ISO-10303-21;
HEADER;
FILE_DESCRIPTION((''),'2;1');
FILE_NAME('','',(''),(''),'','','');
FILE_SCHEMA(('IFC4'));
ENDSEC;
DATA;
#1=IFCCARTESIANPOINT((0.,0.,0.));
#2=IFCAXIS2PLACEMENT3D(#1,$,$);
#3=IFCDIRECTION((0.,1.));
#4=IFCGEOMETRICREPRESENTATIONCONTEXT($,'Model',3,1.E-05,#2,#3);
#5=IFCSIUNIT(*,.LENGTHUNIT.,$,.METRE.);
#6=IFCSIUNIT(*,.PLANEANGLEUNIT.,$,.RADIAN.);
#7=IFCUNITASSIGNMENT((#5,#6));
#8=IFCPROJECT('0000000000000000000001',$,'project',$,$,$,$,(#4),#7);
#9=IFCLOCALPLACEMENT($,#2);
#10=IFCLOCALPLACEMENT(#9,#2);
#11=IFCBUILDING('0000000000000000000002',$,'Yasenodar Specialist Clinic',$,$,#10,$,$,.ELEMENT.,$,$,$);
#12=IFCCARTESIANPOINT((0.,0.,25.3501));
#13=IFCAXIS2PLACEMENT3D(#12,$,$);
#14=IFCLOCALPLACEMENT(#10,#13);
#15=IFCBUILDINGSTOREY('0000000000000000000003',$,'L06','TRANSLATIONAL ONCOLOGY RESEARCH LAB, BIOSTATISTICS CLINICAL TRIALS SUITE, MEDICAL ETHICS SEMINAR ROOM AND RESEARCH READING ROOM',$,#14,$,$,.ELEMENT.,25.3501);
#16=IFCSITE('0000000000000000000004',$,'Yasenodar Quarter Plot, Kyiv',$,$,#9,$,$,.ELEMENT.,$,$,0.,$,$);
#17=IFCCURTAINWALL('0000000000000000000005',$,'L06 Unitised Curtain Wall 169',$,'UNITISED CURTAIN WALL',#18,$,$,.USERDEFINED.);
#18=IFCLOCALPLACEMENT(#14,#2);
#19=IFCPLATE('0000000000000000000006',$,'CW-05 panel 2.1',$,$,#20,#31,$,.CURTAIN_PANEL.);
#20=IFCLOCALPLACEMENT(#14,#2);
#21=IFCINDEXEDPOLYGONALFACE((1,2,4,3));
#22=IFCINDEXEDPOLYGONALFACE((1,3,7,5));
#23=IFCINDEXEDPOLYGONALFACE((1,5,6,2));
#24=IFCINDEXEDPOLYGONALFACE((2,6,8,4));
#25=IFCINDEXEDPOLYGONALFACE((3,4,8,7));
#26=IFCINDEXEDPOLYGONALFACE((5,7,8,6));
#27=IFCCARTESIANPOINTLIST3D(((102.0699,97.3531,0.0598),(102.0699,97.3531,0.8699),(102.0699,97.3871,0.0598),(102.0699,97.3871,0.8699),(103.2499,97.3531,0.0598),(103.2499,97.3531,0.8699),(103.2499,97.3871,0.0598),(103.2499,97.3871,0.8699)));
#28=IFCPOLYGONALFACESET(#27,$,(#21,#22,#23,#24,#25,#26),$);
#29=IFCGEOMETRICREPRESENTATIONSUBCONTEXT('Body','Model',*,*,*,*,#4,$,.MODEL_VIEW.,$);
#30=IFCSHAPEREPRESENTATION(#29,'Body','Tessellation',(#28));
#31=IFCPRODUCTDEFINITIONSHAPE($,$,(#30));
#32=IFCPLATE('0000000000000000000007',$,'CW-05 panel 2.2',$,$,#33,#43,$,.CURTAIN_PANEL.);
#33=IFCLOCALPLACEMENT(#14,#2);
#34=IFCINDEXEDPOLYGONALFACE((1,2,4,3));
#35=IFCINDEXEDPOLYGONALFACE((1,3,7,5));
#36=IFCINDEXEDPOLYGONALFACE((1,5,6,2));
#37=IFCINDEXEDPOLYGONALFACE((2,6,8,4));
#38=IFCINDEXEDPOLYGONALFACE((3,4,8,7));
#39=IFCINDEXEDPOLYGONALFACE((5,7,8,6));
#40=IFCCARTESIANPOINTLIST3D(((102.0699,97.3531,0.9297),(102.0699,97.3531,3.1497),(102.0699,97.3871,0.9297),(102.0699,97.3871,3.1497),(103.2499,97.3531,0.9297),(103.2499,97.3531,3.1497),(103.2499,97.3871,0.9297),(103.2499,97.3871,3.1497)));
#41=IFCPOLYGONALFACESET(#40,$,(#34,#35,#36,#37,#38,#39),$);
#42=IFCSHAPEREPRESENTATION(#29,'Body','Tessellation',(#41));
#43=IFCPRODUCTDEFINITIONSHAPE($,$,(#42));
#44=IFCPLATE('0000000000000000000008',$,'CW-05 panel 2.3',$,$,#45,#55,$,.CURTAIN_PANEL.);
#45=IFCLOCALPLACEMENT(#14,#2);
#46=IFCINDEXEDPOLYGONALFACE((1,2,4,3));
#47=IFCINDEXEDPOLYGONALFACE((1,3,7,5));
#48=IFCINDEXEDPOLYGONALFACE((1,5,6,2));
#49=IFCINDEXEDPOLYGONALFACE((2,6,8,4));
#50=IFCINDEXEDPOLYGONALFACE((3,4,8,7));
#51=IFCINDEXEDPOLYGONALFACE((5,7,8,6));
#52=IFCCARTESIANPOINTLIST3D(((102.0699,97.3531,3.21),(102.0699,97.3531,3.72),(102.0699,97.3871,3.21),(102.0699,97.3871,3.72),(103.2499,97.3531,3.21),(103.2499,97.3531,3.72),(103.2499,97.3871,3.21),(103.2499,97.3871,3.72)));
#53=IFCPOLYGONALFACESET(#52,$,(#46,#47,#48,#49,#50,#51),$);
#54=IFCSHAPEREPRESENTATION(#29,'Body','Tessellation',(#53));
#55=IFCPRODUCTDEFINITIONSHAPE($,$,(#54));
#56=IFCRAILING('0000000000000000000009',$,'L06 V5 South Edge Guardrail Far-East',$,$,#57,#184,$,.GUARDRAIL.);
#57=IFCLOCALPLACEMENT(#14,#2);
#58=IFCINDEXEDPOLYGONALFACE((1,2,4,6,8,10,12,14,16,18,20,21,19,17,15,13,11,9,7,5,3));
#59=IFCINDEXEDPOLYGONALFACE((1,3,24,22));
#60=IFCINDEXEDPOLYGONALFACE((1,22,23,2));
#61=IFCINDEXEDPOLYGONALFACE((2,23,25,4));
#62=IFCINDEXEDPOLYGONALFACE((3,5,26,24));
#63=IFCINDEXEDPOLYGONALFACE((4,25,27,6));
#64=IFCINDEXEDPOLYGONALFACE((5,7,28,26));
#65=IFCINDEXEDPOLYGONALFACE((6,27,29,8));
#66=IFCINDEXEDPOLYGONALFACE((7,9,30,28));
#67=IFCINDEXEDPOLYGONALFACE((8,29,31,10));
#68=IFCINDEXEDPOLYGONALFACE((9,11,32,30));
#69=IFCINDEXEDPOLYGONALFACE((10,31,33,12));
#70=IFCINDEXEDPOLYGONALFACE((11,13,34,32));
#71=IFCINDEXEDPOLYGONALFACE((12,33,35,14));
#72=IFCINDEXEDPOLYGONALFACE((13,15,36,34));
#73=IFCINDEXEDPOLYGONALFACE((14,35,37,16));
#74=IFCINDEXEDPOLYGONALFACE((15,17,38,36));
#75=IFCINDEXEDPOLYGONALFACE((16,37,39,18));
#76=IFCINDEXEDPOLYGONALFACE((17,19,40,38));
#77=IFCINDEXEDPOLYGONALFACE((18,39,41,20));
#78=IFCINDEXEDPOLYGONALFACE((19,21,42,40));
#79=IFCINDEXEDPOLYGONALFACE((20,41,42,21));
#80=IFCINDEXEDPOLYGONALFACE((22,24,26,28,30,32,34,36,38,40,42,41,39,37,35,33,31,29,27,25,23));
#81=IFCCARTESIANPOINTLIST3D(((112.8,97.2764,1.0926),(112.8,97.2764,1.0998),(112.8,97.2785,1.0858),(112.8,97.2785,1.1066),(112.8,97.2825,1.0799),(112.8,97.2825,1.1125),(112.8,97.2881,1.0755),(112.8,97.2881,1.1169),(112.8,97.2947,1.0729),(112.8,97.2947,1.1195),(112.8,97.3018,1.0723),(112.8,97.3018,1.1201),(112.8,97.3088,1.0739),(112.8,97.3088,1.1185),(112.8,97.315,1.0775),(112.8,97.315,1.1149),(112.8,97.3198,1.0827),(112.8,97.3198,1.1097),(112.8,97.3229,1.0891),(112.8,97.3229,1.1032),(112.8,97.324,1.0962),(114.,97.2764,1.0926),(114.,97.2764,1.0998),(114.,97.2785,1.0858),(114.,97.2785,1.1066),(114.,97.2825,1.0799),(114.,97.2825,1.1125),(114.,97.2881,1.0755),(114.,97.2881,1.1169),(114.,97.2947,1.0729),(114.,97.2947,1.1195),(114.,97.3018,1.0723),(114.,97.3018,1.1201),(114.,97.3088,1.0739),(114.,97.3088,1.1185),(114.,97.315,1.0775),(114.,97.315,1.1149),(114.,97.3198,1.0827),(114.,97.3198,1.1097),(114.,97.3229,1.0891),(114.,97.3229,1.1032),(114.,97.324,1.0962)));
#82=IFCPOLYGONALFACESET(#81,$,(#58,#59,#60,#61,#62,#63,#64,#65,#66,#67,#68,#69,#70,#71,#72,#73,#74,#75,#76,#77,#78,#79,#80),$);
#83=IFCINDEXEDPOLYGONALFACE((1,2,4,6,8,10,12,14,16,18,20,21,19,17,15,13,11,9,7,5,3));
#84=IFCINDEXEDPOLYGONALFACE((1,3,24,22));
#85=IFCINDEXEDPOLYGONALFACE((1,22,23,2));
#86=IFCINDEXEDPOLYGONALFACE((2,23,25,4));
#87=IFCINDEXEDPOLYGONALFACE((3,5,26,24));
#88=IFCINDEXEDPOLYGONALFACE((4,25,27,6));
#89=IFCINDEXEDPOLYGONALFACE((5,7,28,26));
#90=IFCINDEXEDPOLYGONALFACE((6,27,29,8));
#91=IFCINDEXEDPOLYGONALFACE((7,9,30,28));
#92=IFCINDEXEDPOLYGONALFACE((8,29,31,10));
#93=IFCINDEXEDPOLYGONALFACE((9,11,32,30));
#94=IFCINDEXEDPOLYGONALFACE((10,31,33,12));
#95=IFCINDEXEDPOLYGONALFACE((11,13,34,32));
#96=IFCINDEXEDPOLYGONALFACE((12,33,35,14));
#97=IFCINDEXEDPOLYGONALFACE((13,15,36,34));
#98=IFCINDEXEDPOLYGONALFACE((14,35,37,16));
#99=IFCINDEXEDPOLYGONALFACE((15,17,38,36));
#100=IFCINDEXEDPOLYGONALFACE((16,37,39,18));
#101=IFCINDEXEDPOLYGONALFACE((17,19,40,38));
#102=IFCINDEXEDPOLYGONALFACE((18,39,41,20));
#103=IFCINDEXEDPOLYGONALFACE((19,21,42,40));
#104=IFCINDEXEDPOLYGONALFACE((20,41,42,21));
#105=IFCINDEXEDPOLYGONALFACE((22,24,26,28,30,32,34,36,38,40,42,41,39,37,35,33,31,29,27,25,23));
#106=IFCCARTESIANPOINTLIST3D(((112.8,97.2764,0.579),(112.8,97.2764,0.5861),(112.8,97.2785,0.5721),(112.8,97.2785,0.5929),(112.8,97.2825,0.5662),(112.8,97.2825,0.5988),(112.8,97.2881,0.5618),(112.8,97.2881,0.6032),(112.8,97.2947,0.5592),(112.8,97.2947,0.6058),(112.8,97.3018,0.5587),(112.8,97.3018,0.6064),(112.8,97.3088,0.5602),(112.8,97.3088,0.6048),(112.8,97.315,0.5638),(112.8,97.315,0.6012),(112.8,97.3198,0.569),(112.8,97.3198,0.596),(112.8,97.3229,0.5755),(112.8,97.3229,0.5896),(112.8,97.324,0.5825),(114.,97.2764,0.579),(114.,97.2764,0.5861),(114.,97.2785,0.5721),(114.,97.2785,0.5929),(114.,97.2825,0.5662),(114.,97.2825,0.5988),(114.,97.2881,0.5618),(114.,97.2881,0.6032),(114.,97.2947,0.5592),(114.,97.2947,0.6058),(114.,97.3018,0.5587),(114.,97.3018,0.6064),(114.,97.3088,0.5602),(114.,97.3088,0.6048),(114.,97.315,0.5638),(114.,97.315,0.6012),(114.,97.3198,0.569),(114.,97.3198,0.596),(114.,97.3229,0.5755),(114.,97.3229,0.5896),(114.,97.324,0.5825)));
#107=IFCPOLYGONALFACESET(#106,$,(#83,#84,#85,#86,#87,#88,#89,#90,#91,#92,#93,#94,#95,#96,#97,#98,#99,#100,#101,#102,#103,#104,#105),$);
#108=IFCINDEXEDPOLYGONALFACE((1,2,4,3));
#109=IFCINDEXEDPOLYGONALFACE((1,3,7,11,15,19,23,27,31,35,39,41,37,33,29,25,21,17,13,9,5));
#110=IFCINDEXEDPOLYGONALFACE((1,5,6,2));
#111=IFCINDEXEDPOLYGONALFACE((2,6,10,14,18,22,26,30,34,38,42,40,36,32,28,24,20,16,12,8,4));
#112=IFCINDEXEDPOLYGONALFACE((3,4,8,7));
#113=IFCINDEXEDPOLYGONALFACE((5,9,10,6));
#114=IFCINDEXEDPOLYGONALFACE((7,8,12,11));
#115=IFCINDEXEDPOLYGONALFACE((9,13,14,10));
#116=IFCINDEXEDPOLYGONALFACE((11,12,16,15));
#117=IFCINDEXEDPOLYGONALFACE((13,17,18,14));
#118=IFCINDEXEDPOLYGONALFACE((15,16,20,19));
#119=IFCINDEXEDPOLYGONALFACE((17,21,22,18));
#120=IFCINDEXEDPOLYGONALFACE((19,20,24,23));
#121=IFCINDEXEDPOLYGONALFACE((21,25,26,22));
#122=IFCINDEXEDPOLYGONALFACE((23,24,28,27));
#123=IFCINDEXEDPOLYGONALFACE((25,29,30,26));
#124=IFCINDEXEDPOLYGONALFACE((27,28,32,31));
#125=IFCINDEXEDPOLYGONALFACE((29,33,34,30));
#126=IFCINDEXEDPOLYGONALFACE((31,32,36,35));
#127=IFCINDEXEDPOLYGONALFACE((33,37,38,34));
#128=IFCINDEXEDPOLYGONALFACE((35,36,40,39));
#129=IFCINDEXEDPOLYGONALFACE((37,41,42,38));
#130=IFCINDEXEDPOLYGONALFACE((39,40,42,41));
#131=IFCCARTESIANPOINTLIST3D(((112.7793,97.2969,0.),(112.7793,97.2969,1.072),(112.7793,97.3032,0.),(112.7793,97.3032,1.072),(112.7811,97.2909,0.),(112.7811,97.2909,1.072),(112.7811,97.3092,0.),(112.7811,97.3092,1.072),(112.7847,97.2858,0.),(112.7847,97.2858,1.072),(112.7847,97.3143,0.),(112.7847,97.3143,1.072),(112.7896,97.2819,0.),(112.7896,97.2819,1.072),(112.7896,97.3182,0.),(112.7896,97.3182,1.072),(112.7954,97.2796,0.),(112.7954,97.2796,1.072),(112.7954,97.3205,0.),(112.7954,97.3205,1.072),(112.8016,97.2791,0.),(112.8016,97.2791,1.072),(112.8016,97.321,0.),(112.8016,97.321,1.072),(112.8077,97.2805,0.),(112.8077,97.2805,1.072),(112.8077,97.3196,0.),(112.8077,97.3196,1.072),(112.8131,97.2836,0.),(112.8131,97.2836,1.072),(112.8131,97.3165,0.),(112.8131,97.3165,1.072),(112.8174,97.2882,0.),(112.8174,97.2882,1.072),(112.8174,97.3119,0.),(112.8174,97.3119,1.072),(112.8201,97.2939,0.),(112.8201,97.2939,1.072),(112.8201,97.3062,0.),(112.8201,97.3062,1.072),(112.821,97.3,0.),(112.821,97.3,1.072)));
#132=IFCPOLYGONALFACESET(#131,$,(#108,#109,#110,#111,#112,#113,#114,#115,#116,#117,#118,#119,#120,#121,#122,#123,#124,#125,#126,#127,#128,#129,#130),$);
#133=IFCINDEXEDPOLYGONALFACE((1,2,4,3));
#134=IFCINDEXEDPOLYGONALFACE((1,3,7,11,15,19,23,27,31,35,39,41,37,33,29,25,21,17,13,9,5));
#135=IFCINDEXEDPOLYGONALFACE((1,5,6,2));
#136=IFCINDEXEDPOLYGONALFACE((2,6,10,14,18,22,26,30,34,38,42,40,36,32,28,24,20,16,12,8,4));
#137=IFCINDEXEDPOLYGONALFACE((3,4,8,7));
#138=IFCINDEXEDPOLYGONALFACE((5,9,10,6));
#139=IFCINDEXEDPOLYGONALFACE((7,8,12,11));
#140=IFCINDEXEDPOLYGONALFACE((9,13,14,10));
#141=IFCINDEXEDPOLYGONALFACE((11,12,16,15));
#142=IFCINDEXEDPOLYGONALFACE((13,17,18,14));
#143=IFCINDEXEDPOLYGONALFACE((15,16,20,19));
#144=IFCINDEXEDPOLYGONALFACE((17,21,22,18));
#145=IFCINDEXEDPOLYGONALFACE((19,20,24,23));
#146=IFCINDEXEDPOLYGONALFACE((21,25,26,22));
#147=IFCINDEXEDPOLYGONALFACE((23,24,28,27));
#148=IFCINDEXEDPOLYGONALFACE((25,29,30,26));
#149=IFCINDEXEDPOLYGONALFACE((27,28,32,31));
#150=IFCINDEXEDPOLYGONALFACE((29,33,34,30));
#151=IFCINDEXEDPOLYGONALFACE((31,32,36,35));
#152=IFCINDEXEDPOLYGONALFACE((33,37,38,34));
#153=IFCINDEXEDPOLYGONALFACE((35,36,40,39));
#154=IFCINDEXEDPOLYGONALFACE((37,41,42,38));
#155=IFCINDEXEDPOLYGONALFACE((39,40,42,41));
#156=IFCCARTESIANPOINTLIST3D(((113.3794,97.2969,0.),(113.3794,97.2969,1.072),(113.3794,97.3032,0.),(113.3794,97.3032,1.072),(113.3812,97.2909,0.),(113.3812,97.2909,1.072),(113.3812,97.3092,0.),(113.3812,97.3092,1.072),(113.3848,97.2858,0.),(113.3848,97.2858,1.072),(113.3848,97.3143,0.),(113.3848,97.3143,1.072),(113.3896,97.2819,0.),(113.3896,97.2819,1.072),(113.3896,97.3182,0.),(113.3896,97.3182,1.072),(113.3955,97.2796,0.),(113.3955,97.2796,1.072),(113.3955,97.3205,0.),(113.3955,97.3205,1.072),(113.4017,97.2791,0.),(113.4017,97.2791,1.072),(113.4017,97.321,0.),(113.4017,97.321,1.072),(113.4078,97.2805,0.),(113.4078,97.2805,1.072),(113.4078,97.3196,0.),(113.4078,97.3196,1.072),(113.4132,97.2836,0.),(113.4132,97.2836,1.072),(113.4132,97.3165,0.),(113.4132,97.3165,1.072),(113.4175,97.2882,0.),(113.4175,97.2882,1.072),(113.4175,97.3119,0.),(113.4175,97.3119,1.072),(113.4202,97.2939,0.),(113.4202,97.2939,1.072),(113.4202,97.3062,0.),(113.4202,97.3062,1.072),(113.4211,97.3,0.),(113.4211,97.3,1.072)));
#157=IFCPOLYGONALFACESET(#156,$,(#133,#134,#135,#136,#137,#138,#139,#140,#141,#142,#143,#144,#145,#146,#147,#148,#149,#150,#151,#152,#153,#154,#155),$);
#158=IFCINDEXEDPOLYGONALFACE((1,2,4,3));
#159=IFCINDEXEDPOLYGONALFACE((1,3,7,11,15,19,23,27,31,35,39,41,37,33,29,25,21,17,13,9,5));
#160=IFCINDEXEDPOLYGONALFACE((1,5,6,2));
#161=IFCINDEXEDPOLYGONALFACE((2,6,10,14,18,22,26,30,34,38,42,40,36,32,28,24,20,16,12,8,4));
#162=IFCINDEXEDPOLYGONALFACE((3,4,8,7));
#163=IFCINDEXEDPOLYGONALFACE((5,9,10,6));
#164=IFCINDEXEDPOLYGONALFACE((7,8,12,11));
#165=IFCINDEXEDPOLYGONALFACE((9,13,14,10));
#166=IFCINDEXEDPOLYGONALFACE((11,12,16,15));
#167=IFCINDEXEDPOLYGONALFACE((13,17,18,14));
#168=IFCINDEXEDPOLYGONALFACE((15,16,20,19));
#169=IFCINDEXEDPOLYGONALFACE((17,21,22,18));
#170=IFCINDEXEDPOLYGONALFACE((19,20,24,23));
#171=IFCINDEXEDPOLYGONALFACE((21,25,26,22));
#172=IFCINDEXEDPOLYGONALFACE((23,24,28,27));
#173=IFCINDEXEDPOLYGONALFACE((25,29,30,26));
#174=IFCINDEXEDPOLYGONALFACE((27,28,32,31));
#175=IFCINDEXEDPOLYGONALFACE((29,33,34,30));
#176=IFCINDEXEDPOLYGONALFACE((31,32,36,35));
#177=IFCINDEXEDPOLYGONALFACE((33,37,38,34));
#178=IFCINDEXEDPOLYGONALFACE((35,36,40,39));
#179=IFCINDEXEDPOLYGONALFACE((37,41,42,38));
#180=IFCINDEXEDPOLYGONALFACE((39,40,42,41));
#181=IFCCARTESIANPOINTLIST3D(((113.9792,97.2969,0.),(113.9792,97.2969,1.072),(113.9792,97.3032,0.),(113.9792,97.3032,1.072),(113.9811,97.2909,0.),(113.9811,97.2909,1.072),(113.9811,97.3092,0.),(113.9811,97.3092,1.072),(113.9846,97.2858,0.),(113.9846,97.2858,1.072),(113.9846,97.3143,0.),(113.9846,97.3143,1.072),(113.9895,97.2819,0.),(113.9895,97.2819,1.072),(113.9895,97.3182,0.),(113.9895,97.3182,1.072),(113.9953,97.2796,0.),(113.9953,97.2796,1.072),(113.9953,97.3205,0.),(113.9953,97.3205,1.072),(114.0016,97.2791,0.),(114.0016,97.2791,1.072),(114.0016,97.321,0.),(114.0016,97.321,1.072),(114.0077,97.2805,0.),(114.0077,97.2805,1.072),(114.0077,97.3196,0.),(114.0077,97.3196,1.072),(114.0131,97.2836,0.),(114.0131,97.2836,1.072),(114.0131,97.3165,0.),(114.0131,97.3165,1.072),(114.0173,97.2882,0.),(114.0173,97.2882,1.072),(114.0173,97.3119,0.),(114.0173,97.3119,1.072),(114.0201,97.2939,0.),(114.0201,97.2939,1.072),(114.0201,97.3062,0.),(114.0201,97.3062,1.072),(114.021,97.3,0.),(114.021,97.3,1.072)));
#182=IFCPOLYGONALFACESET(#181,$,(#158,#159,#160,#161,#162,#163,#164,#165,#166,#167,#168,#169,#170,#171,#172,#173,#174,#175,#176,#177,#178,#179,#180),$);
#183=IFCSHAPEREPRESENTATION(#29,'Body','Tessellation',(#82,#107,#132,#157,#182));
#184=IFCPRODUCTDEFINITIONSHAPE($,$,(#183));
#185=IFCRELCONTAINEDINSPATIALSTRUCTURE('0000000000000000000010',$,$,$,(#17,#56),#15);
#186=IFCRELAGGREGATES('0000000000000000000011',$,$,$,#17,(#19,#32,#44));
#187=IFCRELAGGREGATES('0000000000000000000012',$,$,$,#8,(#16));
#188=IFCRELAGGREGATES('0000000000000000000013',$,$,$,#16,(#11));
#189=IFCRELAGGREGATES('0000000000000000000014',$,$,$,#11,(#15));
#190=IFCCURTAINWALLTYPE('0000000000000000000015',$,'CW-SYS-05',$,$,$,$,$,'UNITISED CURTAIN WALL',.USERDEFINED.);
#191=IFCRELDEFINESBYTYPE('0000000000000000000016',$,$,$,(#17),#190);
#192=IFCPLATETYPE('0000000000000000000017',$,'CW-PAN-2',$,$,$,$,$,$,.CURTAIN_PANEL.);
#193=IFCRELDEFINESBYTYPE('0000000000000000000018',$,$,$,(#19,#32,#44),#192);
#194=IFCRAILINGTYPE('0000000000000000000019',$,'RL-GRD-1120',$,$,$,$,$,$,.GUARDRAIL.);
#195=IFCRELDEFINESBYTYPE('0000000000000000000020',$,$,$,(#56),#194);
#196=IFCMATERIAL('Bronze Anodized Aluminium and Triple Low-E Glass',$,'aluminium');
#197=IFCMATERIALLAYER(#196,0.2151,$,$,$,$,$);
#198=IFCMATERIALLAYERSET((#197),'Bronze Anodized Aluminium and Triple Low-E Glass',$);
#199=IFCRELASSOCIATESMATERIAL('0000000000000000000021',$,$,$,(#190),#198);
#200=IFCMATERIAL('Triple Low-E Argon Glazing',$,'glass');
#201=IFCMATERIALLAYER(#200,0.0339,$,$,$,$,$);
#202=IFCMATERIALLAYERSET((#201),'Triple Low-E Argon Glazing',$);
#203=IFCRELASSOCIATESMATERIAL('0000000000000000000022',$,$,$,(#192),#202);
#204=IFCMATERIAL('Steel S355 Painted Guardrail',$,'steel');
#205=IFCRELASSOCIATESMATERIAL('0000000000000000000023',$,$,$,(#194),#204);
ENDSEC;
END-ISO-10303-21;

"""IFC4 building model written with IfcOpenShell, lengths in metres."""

from ifc_helpers import new_model, si_unit, direction, frame, origin, origin_2d, place, context, subcontext, project, spatial, rectangle, circle, extrude, material, layer, layer_set, type_object, element, aggregate, save


model = new_model("IFC4")

# Units and contexts
model_context = context("Model", 3, precision=1e-05, world=origin(), true_north=direction((0.0, 1.0)))
body_context = subcontext(model_context, "Body", "Model", "MODEL_VIEW")
ifc_project = project(units=[si_unit("LENGTHUNIT", "METRE"), si_unit("PLANEANGLEUNIT", "RADIAN")], contexts=[model_context])

# Site, building, storey
site_placement = place(None, origin())
site = spatial("IfcSite", under=ifc_project, at=site_placement, Name="Yasenodar Quarter Plot, Kyiv", CompositionType="ELEMENT", RefElevation=0.0)
building_placement = place(site_placement, origin())
building = spatial("IfcBuilding", under=site, at=building_placement, Name="Yasenodar Specialist Clinic", CompositionType="ELEMENT")
storey_placement = place(building_placement, frame((0.0, 0.0, 25.3501)))
storey = spatial("IfcBuildingStorey", under=building, at=storey_placement, Name="L06", Description="TRANSLATIONAL ONCOLOGY RESEARCH LAB, BIOSTATISTICS CLINICAL TRIALS SUITE, MEDICAL ETHICS SEMINAR ROOM AND RESEARCH READING ROOM", CompositionType="ELEMENT", Elevation=25.3501)

# Curtain wall, plates
ifc_material_1 = material(Name="Bronze Anodized Aluminium and Triple Low-E Glass", Category="aluminium")
ifc_layer_1 = layer(ifc_material_1, 0.2151)
ifc_layer_set_1 = layer_set([ifc_layer_1], Name="Bronze Anodized Aluminium and Triple Low-E Glass")
curtain_wall_type = type_object("IfcCurtainWallType", Name="CW-SYS-05", ElementType="UNITISED CURTAIN WALL", PredefinedType="USERDEFINED", material=ifc_layer_set_1)
curtain_wall_placement = place(storey_placement, origin())
curtain_wall = element("IfcCurtainWall", 1, at=curtain_wall_placement, inside=storey, type_object=curtain_wall_type, Name="L06 Unitised Curtain Wall 169", ObjectType="UNITISED CURTAIN WALL", PredefinedType="USERDEFINED")
ifc_material_2 = material(Name="Triple Low-E Argon Glazing", Category="glass")
ifc_layer_2 = layer(ifc_material_2, 0.0339)
ifc_layer_set_2 = layer_set([ifc_layer_2], Name="Triple Low-E Argon Glazing")
plate_type = type_object("IfcPlateType", Name="CW-PAN-2", PredefinedType="CURTAIN_PANEL", material=ifc_layer_set_2)
plate_1_placement = place(storey_placement, frame((102.6599, 97.3701, 0.0598), z_axis=(0.0, 0.0, 1.0), x_axis=(-1.0, 0.0, 0.0)))
plate_1 = element("IfcPlate", 2, at=plate_1_placement, type_object=plate_type, Name="CW-05 panel 2.1", PredefinedType="CURTAIN_PANEL", context=body_context, shape_type="SweptSolid", body=[
    extrude(rectangle(XDim=1.1799, YDim=0.0339, at=origin_2d()), origin(), (0.0, 0.0, 1.0), 0.8101),
])
plate_2_placement = place(storey_placement, frame((102.6599, 97.3701, 0.9297), z_axis=(0.0, 0.0, 1.0), x_axis=(-1.0, 0.0, 0.0)))
plate_2 = element("IfcPlate", 3, at=plate_2_placement, type_object=plate_type, Name="CW-05 panel 2.2", PredefinedType="CURTAIN_PANEL", context=body_context, shape_type="SweptSolid", body=[
    extrude(rectangle(XDim=1.1799, YDim=0.0339, at=origin_2d()), origin(), (0.0, 0.0, 1.0), 2.22),
])
plate_3_placement = place(storey_placement, frame((102.6599, 97.3701, 3.21), z_axis=(0.0, 0.0, 1.0), x_axis=(-1.0, 0.0, 0.0)))
plate_3 = element("IfcPlate", 4, at=plate_3_placement, type_object=plate_type, Name="CW-05 panel 2.3", PredefinedType="CURTAIN_PANEL", context=body_context, shape_type="SweptSolid", body=[
    extrude(rectangle(XDim=1.1799, YDim=0.0339, at=origin_2d()), origin(), (0.0, 0.0, 1.0), 0.51),
])
aggregate(curtain_wall, [plate_1, plate_2, plate_3])

# Railing
ifc_material_3 = material(Name="Steel S355 Painted Guardrail", Category="steel")
railing_type = type_object("IfcRailingType", Name="RL-GRD-1120", PredefinedType="GUARDRAIL", material=ifc_material_3)
railing_placement = place(storey_placement, frame((112.8, 97.3, 0.0)))
element("IfcRailing", 5, at=railing_placement, inside=storey, type_object=railing_type, Name="L06 V5 South Edge Guardrail Far-East", PredefinedType="GUARDRAIL", context=body_context, shape_type="SweptSolid", body=[
    extrude(circle(Radius=0.0239, at=origin_2d()), frame((0.0, 0.0, 1.0962), z_axis=(1.0, 0.0, 0.0), x_axis=(0.0, 1.0, 0.0)), (0.0, 0.0, 1.0), 1.2),
    extrude(circle(Radius=0.0239, at=origin_2d()), frame((0.0, 0.0, 0.5825), z_axis=(1.0, 0.0, 0.0), x_axis=(0.0, 1.0, 0.0)), (0.0, 0.0, 1.0), 1.2),
    extrude(circle(Radius=0.021, at=origin_2d()), origin(), (0.0, 0.0, 1.0), 1.072),
    extrude(circle(Radius=0.021, at=origin_2d()), frame((0.6001, 0.0, 0.0)), (0.0, 0.0, 1.0), 1.072),
    extrude(circle(Radius=0.021, at=origin_2d()), frame((1.2, 0.0, 0.0)), (0.0, 0.0, 1.0), 1.072),
])

save(model, "model.ifc")
